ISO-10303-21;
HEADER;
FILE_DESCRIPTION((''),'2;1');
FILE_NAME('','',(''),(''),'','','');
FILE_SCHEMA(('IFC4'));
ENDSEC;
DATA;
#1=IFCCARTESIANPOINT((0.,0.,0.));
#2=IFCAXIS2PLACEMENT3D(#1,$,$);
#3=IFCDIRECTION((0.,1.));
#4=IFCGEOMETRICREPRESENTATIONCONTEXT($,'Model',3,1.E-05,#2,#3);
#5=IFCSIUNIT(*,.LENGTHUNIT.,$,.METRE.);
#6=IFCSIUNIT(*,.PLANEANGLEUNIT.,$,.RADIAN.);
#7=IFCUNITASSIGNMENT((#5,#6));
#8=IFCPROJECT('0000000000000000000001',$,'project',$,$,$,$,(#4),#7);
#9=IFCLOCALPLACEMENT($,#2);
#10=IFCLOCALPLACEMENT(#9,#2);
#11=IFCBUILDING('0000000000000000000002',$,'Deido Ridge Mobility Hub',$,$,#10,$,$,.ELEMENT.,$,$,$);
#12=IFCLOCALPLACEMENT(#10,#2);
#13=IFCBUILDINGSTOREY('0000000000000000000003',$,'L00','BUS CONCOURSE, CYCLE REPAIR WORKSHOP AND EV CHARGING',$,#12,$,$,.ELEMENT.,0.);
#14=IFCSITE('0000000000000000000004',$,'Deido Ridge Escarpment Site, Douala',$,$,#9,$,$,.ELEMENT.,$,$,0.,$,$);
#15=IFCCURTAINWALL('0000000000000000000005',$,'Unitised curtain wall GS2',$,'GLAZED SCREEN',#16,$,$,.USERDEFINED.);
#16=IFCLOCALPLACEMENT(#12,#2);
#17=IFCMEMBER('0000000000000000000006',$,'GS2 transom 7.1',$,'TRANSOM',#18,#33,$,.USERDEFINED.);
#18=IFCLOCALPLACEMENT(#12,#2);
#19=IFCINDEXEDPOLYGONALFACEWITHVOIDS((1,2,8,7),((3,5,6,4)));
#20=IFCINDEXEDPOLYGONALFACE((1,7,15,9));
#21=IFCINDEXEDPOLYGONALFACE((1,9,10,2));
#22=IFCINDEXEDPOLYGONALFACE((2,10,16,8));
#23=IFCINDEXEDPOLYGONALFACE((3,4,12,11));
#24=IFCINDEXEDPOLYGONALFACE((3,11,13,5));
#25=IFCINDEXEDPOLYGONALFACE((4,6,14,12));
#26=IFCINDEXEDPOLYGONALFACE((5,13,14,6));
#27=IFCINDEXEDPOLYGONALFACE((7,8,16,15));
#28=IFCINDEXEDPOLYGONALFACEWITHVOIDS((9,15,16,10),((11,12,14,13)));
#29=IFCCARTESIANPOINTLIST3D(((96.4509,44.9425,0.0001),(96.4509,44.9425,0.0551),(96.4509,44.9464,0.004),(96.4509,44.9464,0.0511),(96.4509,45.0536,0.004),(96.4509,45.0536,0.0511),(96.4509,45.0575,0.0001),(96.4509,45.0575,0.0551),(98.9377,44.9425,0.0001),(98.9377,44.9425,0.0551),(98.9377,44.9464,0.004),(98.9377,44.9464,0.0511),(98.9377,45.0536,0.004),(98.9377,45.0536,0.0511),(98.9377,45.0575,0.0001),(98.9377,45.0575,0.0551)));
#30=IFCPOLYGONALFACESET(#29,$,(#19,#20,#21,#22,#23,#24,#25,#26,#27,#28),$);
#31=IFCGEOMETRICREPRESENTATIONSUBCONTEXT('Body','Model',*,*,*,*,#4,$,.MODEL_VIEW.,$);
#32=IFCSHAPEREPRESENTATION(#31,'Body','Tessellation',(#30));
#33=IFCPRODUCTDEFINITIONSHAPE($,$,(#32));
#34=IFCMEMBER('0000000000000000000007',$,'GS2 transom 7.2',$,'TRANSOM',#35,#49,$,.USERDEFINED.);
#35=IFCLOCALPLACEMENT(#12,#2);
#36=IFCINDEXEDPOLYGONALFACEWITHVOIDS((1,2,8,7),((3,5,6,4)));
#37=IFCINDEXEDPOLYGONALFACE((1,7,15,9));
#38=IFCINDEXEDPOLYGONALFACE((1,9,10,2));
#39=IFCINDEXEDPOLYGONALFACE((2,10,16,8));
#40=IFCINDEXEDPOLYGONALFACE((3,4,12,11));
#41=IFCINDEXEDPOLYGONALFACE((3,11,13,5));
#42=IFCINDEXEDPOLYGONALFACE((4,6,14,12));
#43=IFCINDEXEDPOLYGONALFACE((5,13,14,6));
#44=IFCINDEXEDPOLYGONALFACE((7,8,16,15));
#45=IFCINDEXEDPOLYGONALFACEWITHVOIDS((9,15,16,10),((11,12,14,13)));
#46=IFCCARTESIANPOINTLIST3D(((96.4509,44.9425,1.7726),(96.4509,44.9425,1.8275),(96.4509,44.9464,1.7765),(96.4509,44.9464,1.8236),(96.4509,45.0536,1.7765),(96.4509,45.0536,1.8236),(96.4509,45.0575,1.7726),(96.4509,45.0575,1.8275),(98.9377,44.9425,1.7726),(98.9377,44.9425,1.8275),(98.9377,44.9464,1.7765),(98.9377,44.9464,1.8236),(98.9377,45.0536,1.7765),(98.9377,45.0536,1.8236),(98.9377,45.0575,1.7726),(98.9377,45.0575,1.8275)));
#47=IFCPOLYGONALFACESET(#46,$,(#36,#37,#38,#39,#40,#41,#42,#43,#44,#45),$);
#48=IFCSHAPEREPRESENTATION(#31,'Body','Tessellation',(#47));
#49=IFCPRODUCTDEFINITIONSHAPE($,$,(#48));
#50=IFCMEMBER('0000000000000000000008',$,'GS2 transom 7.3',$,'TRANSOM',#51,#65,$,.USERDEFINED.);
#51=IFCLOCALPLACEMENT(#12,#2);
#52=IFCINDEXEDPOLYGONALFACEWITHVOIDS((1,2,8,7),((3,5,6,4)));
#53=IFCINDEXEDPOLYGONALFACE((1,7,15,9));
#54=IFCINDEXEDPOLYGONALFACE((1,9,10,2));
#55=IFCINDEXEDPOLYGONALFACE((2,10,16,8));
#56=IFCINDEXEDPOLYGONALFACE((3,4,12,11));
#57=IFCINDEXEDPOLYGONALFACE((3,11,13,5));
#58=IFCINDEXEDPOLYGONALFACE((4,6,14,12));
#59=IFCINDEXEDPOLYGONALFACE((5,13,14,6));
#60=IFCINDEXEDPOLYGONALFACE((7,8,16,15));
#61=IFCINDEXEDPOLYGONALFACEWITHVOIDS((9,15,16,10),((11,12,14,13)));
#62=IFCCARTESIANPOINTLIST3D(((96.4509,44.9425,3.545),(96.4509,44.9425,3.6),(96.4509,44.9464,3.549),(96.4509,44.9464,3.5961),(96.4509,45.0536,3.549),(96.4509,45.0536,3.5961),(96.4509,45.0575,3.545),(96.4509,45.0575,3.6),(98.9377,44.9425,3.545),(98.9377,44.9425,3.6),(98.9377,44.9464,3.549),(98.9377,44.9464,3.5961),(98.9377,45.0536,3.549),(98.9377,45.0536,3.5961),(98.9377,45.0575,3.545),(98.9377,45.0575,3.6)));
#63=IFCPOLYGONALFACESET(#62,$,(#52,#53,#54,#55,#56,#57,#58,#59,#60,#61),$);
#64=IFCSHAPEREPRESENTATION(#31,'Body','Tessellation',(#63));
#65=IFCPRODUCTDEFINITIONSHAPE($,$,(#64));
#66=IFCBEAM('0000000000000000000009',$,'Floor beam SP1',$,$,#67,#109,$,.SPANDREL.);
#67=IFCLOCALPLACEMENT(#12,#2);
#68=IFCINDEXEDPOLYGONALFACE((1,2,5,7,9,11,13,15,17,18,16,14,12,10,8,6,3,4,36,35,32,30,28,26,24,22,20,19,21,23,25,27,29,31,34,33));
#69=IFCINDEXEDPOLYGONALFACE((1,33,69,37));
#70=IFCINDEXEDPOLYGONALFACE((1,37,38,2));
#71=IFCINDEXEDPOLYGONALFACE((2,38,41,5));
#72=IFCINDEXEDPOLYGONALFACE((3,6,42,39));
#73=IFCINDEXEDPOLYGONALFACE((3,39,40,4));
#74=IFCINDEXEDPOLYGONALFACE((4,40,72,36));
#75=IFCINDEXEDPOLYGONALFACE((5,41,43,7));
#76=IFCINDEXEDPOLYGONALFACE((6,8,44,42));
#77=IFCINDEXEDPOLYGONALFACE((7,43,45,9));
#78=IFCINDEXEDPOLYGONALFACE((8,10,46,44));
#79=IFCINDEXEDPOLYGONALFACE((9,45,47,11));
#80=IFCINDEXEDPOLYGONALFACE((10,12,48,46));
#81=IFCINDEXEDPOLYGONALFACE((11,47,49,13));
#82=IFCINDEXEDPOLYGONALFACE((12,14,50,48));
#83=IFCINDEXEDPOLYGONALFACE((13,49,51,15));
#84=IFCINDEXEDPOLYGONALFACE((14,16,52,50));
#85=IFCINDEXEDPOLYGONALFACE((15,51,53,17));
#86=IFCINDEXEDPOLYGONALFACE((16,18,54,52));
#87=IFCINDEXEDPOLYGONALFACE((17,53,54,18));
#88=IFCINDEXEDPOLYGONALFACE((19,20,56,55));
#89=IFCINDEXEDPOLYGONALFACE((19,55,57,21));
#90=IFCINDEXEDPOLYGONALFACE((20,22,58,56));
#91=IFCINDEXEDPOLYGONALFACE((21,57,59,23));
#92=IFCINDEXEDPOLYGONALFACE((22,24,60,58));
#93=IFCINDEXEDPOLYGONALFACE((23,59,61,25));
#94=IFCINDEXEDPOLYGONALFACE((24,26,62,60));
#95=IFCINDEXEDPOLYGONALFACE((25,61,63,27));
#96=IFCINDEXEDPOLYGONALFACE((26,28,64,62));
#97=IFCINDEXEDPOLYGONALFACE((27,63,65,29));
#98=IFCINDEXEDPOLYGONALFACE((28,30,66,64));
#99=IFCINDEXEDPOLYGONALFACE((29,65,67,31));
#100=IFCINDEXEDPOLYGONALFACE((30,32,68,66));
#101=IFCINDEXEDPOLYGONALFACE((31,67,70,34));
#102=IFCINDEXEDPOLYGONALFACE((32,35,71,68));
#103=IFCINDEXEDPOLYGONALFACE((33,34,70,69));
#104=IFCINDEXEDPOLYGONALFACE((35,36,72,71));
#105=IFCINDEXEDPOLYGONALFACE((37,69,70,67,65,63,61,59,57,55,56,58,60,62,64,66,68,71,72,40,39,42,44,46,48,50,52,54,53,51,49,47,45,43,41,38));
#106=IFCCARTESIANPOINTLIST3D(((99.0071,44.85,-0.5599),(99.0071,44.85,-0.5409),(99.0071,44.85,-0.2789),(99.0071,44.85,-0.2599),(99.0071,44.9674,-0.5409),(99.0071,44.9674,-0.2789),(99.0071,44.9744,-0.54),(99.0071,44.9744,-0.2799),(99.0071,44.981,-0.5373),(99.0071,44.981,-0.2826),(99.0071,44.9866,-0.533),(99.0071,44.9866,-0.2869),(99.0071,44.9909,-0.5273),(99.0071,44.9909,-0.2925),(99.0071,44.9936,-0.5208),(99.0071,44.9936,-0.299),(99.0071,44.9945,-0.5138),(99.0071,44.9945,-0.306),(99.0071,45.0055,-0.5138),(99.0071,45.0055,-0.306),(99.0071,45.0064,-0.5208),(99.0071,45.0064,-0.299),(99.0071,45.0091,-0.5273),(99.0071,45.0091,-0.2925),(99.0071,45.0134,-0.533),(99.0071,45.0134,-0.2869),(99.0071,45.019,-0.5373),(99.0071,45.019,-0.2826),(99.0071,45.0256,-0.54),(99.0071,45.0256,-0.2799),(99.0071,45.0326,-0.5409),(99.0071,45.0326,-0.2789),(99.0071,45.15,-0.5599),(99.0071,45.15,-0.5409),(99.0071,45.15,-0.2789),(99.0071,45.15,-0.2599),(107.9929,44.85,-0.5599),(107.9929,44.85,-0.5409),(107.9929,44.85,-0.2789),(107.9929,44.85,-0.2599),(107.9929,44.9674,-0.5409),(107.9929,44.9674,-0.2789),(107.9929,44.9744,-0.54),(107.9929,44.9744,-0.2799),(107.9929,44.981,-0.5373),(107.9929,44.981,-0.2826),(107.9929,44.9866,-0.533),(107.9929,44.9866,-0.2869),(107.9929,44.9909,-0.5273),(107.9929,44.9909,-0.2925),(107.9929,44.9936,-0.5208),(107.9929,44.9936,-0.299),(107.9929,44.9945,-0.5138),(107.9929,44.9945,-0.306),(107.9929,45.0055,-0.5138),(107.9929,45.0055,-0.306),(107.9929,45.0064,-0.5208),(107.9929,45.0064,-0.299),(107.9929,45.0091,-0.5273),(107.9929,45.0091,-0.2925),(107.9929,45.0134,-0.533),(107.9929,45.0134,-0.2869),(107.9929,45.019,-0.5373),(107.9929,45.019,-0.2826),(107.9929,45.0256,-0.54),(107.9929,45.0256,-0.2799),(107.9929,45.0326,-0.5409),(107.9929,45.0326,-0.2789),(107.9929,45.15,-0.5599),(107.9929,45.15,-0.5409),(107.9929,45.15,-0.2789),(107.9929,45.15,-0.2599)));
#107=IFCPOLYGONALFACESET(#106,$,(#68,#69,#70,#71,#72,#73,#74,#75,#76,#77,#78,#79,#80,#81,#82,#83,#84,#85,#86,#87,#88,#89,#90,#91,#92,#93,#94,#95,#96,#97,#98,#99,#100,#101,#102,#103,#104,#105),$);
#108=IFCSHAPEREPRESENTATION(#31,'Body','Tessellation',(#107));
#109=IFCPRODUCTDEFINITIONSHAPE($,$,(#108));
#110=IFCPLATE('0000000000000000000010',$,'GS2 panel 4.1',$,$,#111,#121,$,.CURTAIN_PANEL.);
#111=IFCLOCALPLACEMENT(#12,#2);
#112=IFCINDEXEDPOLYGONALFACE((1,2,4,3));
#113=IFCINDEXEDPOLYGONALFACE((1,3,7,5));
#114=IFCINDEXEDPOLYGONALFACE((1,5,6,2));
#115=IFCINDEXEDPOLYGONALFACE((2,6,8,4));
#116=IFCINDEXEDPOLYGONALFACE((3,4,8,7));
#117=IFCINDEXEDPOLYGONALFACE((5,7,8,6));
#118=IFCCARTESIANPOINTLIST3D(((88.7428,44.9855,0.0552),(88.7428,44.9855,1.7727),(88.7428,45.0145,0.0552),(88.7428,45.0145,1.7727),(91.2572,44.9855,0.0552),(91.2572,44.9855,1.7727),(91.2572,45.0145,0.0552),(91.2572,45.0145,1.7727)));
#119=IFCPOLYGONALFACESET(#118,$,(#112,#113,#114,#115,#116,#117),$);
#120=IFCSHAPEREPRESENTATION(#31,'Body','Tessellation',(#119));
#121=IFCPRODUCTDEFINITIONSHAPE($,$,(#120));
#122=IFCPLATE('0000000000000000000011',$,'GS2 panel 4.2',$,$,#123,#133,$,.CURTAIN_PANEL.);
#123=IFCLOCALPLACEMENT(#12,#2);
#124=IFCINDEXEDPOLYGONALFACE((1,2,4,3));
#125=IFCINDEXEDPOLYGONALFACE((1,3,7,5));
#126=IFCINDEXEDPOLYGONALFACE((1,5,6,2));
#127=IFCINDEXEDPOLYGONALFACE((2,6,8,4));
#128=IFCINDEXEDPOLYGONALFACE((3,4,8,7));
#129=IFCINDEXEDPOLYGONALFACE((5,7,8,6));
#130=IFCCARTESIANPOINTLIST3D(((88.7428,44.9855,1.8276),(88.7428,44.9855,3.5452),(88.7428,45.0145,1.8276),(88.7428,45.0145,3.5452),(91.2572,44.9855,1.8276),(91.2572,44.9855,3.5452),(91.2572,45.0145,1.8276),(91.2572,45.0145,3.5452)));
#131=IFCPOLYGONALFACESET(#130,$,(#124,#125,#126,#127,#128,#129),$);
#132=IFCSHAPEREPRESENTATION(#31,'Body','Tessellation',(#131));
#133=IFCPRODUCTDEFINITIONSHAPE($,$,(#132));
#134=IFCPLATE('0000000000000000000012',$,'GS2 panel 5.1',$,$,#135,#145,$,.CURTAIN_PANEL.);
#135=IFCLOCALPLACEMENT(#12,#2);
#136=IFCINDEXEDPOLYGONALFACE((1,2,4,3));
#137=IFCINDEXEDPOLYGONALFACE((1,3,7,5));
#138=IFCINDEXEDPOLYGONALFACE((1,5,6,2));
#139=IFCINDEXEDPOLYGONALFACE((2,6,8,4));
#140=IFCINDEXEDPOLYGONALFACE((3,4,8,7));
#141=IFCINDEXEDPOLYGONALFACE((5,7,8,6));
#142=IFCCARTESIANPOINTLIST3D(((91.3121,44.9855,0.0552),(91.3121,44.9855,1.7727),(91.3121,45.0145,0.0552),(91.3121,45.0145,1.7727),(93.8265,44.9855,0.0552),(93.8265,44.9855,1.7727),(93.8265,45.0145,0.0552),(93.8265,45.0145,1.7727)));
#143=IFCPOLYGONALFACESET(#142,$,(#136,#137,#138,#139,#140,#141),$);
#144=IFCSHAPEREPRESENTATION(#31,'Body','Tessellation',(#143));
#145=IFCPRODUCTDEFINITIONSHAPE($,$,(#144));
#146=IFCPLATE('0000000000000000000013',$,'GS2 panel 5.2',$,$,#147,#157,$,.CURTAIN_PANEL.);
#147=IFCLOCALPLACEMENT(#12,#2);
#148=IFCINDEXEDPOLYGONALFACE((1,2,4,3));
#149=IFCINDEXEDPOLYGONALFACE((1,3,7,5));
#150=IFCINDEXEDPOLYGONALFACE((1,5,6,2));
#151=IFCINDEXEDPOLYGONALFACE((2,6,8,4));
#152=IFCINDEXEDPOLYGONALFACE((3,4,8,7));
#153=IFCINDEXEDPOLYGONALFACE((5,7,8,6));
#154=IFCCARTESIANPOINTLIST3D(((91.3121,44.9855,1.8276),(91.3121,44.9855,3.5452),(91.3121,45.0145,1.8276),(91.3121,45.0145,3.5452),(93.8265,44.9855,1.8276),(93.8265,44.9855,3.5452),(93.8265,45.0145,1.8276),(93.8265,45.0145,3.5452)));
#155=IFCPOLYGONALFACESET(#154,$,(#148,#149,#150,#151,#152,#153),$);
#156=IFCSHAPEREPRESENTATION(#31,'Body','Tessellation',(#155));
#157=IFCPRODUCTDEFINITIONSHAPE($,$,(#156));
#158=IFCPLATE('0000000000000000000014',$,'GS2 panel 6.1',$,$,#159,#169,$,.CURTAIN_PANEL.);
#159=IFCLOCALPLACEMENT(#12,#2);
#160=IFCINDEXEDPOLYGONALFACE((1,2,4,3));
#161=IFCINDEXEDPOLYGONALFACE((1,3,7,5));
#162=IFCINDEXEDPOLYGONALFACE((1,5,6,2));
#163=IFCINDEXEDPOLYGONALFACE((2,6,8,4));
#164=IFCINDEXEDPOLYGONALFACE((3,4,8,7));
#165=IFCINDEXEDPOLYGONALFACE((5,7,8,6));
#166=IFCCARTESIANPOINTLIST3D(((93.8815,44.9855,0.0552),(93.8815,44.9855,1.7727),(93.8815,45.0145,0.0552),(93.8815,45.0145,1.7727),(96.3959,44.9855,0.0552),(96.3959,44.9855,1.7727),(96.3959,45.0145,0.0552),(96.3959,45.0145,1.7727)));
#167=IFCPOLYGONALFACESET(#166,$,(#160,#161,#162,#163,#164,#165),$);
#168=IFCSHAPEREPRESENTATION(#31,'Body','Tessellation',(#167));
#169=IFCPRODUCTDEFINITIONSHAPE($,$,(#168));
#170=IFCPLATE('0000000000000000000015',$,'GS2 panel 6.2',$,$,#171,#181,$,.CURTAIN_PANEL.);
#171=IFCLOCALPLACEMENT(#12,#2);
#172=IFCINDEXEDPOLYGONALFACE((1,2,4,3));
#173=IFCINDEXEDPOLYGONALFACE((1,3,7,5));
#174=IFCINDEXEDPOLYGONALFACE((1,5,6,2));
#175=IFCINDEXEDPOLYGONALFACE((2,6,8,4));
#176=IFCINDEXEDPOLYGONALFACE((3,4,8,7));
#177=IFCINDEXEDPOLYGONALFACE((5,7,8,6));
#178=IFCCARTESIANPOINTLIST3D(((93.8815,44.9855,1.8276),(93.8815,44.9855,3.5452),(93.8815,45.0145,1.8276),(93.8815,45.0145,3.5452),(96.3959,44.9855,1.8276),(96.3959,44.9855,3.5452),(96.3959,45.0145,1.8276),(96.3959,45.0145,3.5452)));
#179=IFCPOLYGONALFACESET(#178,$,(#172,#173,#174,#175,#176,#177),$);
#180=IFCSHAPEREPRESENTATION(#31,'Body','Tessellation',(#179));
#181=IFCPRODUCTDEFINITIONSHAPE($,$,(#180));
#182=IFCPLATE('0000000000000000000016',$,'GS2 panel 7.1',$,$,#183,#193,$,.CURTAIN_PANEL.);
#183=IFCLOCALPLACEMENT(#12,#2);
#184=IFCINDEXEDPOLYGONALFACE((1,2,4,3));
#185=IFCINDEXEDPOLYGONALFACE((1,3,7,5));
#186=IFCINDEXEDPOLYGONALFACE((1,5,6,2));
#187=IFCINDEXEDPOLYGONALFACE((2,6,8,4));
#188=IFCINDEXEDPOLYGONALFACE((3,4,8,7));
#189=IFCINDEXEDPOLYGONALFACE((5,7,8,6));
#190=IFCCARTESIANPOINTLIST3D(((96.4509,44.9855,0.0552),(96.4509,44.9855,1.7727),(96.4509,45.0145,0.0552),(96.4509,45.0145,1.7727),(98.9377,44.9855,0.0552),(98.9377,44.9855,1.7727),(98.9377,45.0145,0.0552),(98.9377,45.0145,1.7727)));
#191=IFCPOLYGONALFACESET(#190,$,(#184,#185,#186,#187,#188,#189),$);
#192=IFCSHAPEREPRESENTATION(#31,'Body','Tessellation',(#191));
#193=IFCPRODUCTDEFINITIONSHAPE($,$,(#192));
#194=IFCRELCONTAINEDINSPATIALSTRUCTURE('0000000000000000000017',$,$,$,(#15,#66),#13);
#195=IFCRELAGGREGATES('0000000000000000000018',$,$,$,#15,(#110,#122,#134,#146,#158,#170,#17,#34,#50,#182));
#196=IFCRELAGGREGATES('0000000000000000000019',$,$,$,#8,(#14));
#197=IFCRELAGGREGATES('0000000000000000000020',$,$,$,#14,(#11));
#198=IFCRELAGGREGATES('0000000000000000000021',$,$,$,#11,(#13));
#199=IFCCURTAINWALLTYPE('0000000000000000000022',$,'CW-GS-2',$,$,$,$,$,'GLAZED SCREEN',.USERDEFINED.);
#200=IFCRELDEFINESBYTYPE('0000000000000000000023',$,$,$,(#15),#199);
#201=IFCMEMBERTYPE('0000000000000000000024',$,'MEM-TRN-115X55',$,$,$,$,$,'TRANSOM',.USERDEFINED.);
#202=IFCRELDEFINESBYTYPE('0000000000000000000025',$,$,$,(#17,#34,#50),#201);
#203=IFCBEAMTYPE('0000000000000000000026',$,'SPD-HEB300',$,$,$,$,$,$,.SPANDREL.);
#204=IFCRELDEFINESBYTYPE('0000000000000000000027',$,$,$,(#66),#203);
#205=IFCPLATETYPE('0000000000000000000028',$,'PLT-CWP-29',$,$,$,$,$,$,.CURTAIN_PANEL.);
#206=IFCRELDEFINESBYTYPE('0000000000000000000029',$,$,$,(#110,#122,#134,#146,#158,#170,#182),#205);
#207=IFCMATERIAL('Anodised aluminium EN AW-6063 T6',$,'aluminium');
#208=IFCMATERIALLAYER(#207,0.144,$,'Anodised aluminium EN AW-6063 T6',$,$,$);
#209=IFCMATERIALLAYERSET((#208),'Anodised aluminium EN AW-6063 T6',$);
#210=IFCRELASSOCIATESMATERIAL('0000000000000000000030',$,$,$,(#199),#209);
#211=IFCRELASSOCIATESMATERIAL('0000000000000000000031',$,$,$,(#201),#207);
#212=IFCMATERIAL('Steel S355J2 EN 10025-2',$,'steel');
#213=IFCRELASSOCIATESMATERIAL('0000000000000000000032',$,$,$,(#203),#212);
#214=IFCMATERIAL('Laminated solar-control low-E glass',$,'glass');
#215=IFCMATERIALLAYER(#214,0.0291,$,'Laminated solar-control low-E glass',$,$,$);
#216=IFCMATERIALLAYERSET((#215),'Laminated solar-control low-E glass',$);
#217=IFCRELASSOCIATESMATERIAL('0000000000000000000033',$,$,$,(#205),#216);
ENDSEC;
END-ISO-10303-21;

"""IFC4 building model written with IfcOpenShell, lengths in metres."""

from ifc_helpers import new_model, si_unit, direction, frame, origin, origin_2d, place, context, subcontext, project, spatial, rectangle, hollow_rectangle, i_section, extrude, material, layer, layer_set, material_profile, profile_set, type_object, element, aggregate, save


model = new_model("IFC4")

# Units and contexts
model_context = context("Model", 3, precision=1e-05, world=origin(), true_north=direction((0.0, 1.0)))
body_context = subcontext(model_context, "Body", "Model", "MODEL_VIEW")
ifc_project = project(units=[si_unit("LENGTHUNIT", "METRE"), si_unit("PLANEANGLEUNIT", "RADIAN")], contexts=[model_context])

# Site, building, storey
site_placement = place(None, origin())
site = spatial("IfcSite", under=ifc_project, at=site_placement, Name="Deido Ridge Escarpment Site, Douala", CompositionType="ELEMENT", RefElevation=0.0)
building_placement = place(site_placement, origin())
building = spatial("IfcBuilding", under=site, at=building_placement, Name="Deido Ridge Mobility Hub", CompositionType="ELEMENT")
storey_placement = place(building_placement, origin())
storey = spatial("IfcBuildingStorey", under=building, at=storey_placement, Name="L00", Description="BUS CONCOURSE, CYCLE REPAIR WORKSHOP AND EV CHARGING", CompositionType="ELEMENT", Elevation=0.0)

# Shared definitions
ifc_material_1 = material(Name="Steel S355J2 EN 10025-2", Category="steel")

# Curtain wall
ifc_material_2 = material(Name="Anodised aluminium EN AW-6063 T6", Category="aluminium")
ifc_layer_1 = layer(ifc_material_2, 0.144, Name="Anodised aluminium EN AW-6063 T6")
ifc_layer_set_1 = layer_set([ifc_layer_1], Name="Anodised aluminium EN AW-6063 T6")
curtain_wall_type = type_object("IfcCurtainWallType", Name="CW-GS-2", ElementType="GLAZED SCREEN", PredefinedType="USERDEFINED", material=ifc_layer_set_1)
curtain_wall_1_placement = place(storey_placement, origin())
curtain_wall_1 = element("IfcCurtainWall", 1, at=curtain_wall_1_placement, inside=storey, type_object=curtain_wall_type, Name="Unitised curtain wall GS2", ObjectType="GLAZED SCREEN", PredefinedType="USERDEFINED")

# Members
ifc_material_profile_1 = material_profile(ifc_material_2, hollow_rectangle(XDim=0.115, YDim=0.0549, WallThickness=0.0039, at=origin_2d()), Name="RHS 115x55x4")
ifc_profile_set_1 = profile_set([ifc_material_profile_1], Name="Anodised aluminium EN AW-6063 T6")
member_type_1 = type_object("IfcMemberType", Name="MEM-TRN-115X55", ElementType="TRANSOM", PredefinedType="USERDEFINED", material=ifc_profile_set_1)
member_1_placement = place(storey_placement, frame((96.4509, 45.0, 0.0276), z_axis=(1.0, 0.0, 0.0), x_axis=(0.0, 1.0, 0.0)))
member_1 = element("IfcMember", 2, at=member_1_placement, type_object=member_type_1, Name="GS2 transom 7.1", ObjectType="TRANSOM", PredefinedType="USERDEFINED", context=body_context, shape_type="SweptSolid", body=[
    extrude(hollow_rectangle(XDim=0.115, YDim=0.0549, WallThickness=0.0039, at=origin_2d()), origin(), (0.0, 0.0, 1.0), 2.4868),
])
member_2_placement = place(storey_placement, frame((96.4509, 45.0, 1.8), z_axis=(1.0, 0.0, 0.0), x_axis=(0.0, 1.0, 0.0)))
member_2 = element("IfcMember", 3, at=member_2_placement, type_object=member_type_1, Name="GS2 transom 7.2", ObjectType="TRANSOM", PredefinedType="USERDEFINED", context=body_context, shape_type="SweptSolid", body=[
    extrude(hollow_rectangle(XDim=0.115, YDim=0.0549, WallThickness=0.0039, at=origin_2d()), origin(), (0.0, 0.0, 1.0), 2.4868),
])
member_3_placement = place(storey_placement, frame((96.4509, 45.0, 3.5725), z_axis=(1.0, 0.0, 0.0), x_axis=(0.0, 1.0, 0.0)))
member_3 = element("IfcMember", 4, at=member_3_placement, type_object=member_type_1, Name="GS2 transom 7.3", ObjectType="TRANSOM", PredefinedType="USERDEFINED", context=body_context, shape_type="SweptSolid", body=[
    extrude(hollow_rectangle(XDim=0.115, YDim=0.0549, WallThickness=0.0039, at=origin_2d()), origin(), (0.0, 0.0, 1.0), 2.4868),
])

# Beam
ifc_material_profile_2 = material_profile(ifc_material_1, i_section(OverallWidth=0.3, OverallDepth=0.3, WebThickness=0.011, FlangeThickness=0.019, FilletRadius=0.0271, at=origin_2d()), Name="HEB 300")
ifc_profile_set_2 = profile_set([ifc_material_profile_2], Name="Steel S355J2 EN 10025-2")
beam_type_1 = type_object("IfcBeamType", Name="SPD-HEB300", PredefinedType="SPANDREL", material=ifc_profile_set_2)
beam_1_placement = place(storey_placement, frame((99.0071, 45.0, -0.4099), z_axis=(1.0, 0.0, 0.0), x_axis=(0.0, 1.0, 0.0)))
element("IfcBeam", 5, at=beam_1_placement, inside=storey, type_object=beam_type_1, Name="Floor beam SP1", PredefinedType="SPANDREL", context=body_context, shape_type="SweptSolid", body=[
    extrude(i_section(OverallWidth=0.3, OverallDepth=0.3, WebThickness=0.011, FlangeThickness=0.019, FilletRadius=0.0271, at=origin_2d()), origin(), (0.0, 0.0, 1.0), 8.9858),
])

# Plates
ifc_material_3 = material(Name="Laminated solar-control low-E glass", Category="glass")
ifc_layer_2 = layer(ifc_material_3, 0.0291, Name="Laminated solar-control low-E glass")
ifc_layer_set_2 = layer_set([ifc_layer_2], Name="Laminated solar-control low-E glass")
plate_type = type_object("IfcPlateType", Name="PLT-CWP-29", PredefinedType="CURTAIN_PANEL", material=ifc_layer_set_2)
plate_1_placement = place(storey_placement, frame((90.0, 45.0, 0.0552), z_axis=(0.0, 0.0, 1.0), x_axis=(1.0, 0.0, 0.0)))
plate_1 = element("IfcPlate", 6, at=plate_1_placement, type_object=plate_type, Name="GS2 panel 4.1", PredefinedType="CURTAIN_PANEL", context=body_context, shape_type="SweptSolid", body=[
    extrude(rectangle(XDim=2.5144, YDim=0.0291, at=origin_2d()), origin(), (0.0, 0.0, 1.0), 1.7175),
])
plate_2_placement = place(storey_placement, frame((90.0, 45.0, 1.8276), z_axis=(0.0, 0.0, 1.0), x_axis=(1.0, 0.0, 0.0)))
plate_2 = element("IfcPlate", 7, at=plate_2_placement, type_object=plate_type, Name="GS2 panel 4.2", PredefinedType="CURTAIN_PANEL", context=body_context, shape_type="SweptSolid", body=[
    extrude(rectangle(XDim=2.5144, YDim=0.0291, at=origin_2d()), origin(), (0.0, 0.0, 1.0), 1.7175),
])
plate_3_placement = place(storey_placement, frame((92.5693, 45.0, 0.0552), z_axis=(0.0, 0.0, 1.0), x_axis=(1.0, 0.0, 0.0)))
plate_3 = element("IfcPlate", 8, at=plate_3_placement, type_object=plate_type, Name="GS2 panel 5.1", PredefinedType="CURTAIN_PANEL", context=body_context, shape_type="SweptSolid", body=[
    extrude(rectangle(XDim=2.5144, YDim=0.0291, at=origin_2d()), origin(), (0.0, 0.0, 1.0), 1.7175),
])
plate_4_placement = place(storey_placement, frame((92.5693, 45.0, 1.8276), z_axis=(0.0, 0.0, 1.0), x_axis=(1.0, 0.0, 0.0)))
plate_4 = element("IfcPlate", 9, at=plate_4_placement, type_object=plate_type, Name="GS2 panel 5.2", PredefinedType="CURTAIN_PANEL", context=body_context, shape_type="SweptSolid", body=[
    extrude(rectangle(XDim=2.5144, YDim=0.0291, at=origin_2d()), origin(), (0.0, 0.0, 1.0), 1.7175),
])
plate_5_placement = place(storey_placement, frame((95.1387, 45.0, 0.0552), z_axis=(0.0, 0.0, 1.0), x_axis=(1.0, 0.0, 0.0)))
plate_5 = element("IfcPlate", 10, at=plate_5_placement, type_object=plate_type, Name="GS2 panel 6.1", PredefinedType="CURTAIN_PANEL", context=body_context, shape_type="SweptSolid", body=[
    extrude(rectangle(XDim=2.5144, YDim=0.0291, at=origin_2d()), origin(), (0.0, 0.0, 1.0), 1.7175),
])
plate_6_placement = place(storey_placement, frame((95.1387, 45.0, 1.8276), z_axis=(0.0, 0.0, 1.0), x_axis=(1.0, 0.0, 0.0)))
plate_6 = element("IfcPlate", 11, at=plate_6_placement, type_object=plate_type, Name="GS2 panel 6.2", PredefinedType="CURTAIN_PANEL", context=body_context, shape_type="SweptSolid", body=[
    extrude(rectangle(XDim=2.5144, YDim=0.0291, at=origin_2d()), origin(), (0.0, 0.0, 1.0), 1.7175),
])
plate_7_placement = place(storey_placement, frame((97.6943, 45.0, 0.0552), z_axis=(0.0, 0.0, 1.0), x_axis=(1.0, 0.0, 0.0)))
plate_7 = element("IfcPlate", 12, at=plate_7_placement, type_object=plate_type, Name="GS2 panel 7.1", PredefinedType="CURTAIN_PANEL", context=body_context, shape_type="SweptSolid", body=[
    extrude(rectangle(XDim=2.4868, YDim=0.0291, at=origin_2d()), origin(), (0.0, 0.0, 1.0), 1.7175),
])
aggregate(curtain_wall_1, [plate_1, plate_2, plate_3, plate_4, plate_5, plate_6, member_1, member_2, member_3, plate_7])

save(model, "model.ifc")
